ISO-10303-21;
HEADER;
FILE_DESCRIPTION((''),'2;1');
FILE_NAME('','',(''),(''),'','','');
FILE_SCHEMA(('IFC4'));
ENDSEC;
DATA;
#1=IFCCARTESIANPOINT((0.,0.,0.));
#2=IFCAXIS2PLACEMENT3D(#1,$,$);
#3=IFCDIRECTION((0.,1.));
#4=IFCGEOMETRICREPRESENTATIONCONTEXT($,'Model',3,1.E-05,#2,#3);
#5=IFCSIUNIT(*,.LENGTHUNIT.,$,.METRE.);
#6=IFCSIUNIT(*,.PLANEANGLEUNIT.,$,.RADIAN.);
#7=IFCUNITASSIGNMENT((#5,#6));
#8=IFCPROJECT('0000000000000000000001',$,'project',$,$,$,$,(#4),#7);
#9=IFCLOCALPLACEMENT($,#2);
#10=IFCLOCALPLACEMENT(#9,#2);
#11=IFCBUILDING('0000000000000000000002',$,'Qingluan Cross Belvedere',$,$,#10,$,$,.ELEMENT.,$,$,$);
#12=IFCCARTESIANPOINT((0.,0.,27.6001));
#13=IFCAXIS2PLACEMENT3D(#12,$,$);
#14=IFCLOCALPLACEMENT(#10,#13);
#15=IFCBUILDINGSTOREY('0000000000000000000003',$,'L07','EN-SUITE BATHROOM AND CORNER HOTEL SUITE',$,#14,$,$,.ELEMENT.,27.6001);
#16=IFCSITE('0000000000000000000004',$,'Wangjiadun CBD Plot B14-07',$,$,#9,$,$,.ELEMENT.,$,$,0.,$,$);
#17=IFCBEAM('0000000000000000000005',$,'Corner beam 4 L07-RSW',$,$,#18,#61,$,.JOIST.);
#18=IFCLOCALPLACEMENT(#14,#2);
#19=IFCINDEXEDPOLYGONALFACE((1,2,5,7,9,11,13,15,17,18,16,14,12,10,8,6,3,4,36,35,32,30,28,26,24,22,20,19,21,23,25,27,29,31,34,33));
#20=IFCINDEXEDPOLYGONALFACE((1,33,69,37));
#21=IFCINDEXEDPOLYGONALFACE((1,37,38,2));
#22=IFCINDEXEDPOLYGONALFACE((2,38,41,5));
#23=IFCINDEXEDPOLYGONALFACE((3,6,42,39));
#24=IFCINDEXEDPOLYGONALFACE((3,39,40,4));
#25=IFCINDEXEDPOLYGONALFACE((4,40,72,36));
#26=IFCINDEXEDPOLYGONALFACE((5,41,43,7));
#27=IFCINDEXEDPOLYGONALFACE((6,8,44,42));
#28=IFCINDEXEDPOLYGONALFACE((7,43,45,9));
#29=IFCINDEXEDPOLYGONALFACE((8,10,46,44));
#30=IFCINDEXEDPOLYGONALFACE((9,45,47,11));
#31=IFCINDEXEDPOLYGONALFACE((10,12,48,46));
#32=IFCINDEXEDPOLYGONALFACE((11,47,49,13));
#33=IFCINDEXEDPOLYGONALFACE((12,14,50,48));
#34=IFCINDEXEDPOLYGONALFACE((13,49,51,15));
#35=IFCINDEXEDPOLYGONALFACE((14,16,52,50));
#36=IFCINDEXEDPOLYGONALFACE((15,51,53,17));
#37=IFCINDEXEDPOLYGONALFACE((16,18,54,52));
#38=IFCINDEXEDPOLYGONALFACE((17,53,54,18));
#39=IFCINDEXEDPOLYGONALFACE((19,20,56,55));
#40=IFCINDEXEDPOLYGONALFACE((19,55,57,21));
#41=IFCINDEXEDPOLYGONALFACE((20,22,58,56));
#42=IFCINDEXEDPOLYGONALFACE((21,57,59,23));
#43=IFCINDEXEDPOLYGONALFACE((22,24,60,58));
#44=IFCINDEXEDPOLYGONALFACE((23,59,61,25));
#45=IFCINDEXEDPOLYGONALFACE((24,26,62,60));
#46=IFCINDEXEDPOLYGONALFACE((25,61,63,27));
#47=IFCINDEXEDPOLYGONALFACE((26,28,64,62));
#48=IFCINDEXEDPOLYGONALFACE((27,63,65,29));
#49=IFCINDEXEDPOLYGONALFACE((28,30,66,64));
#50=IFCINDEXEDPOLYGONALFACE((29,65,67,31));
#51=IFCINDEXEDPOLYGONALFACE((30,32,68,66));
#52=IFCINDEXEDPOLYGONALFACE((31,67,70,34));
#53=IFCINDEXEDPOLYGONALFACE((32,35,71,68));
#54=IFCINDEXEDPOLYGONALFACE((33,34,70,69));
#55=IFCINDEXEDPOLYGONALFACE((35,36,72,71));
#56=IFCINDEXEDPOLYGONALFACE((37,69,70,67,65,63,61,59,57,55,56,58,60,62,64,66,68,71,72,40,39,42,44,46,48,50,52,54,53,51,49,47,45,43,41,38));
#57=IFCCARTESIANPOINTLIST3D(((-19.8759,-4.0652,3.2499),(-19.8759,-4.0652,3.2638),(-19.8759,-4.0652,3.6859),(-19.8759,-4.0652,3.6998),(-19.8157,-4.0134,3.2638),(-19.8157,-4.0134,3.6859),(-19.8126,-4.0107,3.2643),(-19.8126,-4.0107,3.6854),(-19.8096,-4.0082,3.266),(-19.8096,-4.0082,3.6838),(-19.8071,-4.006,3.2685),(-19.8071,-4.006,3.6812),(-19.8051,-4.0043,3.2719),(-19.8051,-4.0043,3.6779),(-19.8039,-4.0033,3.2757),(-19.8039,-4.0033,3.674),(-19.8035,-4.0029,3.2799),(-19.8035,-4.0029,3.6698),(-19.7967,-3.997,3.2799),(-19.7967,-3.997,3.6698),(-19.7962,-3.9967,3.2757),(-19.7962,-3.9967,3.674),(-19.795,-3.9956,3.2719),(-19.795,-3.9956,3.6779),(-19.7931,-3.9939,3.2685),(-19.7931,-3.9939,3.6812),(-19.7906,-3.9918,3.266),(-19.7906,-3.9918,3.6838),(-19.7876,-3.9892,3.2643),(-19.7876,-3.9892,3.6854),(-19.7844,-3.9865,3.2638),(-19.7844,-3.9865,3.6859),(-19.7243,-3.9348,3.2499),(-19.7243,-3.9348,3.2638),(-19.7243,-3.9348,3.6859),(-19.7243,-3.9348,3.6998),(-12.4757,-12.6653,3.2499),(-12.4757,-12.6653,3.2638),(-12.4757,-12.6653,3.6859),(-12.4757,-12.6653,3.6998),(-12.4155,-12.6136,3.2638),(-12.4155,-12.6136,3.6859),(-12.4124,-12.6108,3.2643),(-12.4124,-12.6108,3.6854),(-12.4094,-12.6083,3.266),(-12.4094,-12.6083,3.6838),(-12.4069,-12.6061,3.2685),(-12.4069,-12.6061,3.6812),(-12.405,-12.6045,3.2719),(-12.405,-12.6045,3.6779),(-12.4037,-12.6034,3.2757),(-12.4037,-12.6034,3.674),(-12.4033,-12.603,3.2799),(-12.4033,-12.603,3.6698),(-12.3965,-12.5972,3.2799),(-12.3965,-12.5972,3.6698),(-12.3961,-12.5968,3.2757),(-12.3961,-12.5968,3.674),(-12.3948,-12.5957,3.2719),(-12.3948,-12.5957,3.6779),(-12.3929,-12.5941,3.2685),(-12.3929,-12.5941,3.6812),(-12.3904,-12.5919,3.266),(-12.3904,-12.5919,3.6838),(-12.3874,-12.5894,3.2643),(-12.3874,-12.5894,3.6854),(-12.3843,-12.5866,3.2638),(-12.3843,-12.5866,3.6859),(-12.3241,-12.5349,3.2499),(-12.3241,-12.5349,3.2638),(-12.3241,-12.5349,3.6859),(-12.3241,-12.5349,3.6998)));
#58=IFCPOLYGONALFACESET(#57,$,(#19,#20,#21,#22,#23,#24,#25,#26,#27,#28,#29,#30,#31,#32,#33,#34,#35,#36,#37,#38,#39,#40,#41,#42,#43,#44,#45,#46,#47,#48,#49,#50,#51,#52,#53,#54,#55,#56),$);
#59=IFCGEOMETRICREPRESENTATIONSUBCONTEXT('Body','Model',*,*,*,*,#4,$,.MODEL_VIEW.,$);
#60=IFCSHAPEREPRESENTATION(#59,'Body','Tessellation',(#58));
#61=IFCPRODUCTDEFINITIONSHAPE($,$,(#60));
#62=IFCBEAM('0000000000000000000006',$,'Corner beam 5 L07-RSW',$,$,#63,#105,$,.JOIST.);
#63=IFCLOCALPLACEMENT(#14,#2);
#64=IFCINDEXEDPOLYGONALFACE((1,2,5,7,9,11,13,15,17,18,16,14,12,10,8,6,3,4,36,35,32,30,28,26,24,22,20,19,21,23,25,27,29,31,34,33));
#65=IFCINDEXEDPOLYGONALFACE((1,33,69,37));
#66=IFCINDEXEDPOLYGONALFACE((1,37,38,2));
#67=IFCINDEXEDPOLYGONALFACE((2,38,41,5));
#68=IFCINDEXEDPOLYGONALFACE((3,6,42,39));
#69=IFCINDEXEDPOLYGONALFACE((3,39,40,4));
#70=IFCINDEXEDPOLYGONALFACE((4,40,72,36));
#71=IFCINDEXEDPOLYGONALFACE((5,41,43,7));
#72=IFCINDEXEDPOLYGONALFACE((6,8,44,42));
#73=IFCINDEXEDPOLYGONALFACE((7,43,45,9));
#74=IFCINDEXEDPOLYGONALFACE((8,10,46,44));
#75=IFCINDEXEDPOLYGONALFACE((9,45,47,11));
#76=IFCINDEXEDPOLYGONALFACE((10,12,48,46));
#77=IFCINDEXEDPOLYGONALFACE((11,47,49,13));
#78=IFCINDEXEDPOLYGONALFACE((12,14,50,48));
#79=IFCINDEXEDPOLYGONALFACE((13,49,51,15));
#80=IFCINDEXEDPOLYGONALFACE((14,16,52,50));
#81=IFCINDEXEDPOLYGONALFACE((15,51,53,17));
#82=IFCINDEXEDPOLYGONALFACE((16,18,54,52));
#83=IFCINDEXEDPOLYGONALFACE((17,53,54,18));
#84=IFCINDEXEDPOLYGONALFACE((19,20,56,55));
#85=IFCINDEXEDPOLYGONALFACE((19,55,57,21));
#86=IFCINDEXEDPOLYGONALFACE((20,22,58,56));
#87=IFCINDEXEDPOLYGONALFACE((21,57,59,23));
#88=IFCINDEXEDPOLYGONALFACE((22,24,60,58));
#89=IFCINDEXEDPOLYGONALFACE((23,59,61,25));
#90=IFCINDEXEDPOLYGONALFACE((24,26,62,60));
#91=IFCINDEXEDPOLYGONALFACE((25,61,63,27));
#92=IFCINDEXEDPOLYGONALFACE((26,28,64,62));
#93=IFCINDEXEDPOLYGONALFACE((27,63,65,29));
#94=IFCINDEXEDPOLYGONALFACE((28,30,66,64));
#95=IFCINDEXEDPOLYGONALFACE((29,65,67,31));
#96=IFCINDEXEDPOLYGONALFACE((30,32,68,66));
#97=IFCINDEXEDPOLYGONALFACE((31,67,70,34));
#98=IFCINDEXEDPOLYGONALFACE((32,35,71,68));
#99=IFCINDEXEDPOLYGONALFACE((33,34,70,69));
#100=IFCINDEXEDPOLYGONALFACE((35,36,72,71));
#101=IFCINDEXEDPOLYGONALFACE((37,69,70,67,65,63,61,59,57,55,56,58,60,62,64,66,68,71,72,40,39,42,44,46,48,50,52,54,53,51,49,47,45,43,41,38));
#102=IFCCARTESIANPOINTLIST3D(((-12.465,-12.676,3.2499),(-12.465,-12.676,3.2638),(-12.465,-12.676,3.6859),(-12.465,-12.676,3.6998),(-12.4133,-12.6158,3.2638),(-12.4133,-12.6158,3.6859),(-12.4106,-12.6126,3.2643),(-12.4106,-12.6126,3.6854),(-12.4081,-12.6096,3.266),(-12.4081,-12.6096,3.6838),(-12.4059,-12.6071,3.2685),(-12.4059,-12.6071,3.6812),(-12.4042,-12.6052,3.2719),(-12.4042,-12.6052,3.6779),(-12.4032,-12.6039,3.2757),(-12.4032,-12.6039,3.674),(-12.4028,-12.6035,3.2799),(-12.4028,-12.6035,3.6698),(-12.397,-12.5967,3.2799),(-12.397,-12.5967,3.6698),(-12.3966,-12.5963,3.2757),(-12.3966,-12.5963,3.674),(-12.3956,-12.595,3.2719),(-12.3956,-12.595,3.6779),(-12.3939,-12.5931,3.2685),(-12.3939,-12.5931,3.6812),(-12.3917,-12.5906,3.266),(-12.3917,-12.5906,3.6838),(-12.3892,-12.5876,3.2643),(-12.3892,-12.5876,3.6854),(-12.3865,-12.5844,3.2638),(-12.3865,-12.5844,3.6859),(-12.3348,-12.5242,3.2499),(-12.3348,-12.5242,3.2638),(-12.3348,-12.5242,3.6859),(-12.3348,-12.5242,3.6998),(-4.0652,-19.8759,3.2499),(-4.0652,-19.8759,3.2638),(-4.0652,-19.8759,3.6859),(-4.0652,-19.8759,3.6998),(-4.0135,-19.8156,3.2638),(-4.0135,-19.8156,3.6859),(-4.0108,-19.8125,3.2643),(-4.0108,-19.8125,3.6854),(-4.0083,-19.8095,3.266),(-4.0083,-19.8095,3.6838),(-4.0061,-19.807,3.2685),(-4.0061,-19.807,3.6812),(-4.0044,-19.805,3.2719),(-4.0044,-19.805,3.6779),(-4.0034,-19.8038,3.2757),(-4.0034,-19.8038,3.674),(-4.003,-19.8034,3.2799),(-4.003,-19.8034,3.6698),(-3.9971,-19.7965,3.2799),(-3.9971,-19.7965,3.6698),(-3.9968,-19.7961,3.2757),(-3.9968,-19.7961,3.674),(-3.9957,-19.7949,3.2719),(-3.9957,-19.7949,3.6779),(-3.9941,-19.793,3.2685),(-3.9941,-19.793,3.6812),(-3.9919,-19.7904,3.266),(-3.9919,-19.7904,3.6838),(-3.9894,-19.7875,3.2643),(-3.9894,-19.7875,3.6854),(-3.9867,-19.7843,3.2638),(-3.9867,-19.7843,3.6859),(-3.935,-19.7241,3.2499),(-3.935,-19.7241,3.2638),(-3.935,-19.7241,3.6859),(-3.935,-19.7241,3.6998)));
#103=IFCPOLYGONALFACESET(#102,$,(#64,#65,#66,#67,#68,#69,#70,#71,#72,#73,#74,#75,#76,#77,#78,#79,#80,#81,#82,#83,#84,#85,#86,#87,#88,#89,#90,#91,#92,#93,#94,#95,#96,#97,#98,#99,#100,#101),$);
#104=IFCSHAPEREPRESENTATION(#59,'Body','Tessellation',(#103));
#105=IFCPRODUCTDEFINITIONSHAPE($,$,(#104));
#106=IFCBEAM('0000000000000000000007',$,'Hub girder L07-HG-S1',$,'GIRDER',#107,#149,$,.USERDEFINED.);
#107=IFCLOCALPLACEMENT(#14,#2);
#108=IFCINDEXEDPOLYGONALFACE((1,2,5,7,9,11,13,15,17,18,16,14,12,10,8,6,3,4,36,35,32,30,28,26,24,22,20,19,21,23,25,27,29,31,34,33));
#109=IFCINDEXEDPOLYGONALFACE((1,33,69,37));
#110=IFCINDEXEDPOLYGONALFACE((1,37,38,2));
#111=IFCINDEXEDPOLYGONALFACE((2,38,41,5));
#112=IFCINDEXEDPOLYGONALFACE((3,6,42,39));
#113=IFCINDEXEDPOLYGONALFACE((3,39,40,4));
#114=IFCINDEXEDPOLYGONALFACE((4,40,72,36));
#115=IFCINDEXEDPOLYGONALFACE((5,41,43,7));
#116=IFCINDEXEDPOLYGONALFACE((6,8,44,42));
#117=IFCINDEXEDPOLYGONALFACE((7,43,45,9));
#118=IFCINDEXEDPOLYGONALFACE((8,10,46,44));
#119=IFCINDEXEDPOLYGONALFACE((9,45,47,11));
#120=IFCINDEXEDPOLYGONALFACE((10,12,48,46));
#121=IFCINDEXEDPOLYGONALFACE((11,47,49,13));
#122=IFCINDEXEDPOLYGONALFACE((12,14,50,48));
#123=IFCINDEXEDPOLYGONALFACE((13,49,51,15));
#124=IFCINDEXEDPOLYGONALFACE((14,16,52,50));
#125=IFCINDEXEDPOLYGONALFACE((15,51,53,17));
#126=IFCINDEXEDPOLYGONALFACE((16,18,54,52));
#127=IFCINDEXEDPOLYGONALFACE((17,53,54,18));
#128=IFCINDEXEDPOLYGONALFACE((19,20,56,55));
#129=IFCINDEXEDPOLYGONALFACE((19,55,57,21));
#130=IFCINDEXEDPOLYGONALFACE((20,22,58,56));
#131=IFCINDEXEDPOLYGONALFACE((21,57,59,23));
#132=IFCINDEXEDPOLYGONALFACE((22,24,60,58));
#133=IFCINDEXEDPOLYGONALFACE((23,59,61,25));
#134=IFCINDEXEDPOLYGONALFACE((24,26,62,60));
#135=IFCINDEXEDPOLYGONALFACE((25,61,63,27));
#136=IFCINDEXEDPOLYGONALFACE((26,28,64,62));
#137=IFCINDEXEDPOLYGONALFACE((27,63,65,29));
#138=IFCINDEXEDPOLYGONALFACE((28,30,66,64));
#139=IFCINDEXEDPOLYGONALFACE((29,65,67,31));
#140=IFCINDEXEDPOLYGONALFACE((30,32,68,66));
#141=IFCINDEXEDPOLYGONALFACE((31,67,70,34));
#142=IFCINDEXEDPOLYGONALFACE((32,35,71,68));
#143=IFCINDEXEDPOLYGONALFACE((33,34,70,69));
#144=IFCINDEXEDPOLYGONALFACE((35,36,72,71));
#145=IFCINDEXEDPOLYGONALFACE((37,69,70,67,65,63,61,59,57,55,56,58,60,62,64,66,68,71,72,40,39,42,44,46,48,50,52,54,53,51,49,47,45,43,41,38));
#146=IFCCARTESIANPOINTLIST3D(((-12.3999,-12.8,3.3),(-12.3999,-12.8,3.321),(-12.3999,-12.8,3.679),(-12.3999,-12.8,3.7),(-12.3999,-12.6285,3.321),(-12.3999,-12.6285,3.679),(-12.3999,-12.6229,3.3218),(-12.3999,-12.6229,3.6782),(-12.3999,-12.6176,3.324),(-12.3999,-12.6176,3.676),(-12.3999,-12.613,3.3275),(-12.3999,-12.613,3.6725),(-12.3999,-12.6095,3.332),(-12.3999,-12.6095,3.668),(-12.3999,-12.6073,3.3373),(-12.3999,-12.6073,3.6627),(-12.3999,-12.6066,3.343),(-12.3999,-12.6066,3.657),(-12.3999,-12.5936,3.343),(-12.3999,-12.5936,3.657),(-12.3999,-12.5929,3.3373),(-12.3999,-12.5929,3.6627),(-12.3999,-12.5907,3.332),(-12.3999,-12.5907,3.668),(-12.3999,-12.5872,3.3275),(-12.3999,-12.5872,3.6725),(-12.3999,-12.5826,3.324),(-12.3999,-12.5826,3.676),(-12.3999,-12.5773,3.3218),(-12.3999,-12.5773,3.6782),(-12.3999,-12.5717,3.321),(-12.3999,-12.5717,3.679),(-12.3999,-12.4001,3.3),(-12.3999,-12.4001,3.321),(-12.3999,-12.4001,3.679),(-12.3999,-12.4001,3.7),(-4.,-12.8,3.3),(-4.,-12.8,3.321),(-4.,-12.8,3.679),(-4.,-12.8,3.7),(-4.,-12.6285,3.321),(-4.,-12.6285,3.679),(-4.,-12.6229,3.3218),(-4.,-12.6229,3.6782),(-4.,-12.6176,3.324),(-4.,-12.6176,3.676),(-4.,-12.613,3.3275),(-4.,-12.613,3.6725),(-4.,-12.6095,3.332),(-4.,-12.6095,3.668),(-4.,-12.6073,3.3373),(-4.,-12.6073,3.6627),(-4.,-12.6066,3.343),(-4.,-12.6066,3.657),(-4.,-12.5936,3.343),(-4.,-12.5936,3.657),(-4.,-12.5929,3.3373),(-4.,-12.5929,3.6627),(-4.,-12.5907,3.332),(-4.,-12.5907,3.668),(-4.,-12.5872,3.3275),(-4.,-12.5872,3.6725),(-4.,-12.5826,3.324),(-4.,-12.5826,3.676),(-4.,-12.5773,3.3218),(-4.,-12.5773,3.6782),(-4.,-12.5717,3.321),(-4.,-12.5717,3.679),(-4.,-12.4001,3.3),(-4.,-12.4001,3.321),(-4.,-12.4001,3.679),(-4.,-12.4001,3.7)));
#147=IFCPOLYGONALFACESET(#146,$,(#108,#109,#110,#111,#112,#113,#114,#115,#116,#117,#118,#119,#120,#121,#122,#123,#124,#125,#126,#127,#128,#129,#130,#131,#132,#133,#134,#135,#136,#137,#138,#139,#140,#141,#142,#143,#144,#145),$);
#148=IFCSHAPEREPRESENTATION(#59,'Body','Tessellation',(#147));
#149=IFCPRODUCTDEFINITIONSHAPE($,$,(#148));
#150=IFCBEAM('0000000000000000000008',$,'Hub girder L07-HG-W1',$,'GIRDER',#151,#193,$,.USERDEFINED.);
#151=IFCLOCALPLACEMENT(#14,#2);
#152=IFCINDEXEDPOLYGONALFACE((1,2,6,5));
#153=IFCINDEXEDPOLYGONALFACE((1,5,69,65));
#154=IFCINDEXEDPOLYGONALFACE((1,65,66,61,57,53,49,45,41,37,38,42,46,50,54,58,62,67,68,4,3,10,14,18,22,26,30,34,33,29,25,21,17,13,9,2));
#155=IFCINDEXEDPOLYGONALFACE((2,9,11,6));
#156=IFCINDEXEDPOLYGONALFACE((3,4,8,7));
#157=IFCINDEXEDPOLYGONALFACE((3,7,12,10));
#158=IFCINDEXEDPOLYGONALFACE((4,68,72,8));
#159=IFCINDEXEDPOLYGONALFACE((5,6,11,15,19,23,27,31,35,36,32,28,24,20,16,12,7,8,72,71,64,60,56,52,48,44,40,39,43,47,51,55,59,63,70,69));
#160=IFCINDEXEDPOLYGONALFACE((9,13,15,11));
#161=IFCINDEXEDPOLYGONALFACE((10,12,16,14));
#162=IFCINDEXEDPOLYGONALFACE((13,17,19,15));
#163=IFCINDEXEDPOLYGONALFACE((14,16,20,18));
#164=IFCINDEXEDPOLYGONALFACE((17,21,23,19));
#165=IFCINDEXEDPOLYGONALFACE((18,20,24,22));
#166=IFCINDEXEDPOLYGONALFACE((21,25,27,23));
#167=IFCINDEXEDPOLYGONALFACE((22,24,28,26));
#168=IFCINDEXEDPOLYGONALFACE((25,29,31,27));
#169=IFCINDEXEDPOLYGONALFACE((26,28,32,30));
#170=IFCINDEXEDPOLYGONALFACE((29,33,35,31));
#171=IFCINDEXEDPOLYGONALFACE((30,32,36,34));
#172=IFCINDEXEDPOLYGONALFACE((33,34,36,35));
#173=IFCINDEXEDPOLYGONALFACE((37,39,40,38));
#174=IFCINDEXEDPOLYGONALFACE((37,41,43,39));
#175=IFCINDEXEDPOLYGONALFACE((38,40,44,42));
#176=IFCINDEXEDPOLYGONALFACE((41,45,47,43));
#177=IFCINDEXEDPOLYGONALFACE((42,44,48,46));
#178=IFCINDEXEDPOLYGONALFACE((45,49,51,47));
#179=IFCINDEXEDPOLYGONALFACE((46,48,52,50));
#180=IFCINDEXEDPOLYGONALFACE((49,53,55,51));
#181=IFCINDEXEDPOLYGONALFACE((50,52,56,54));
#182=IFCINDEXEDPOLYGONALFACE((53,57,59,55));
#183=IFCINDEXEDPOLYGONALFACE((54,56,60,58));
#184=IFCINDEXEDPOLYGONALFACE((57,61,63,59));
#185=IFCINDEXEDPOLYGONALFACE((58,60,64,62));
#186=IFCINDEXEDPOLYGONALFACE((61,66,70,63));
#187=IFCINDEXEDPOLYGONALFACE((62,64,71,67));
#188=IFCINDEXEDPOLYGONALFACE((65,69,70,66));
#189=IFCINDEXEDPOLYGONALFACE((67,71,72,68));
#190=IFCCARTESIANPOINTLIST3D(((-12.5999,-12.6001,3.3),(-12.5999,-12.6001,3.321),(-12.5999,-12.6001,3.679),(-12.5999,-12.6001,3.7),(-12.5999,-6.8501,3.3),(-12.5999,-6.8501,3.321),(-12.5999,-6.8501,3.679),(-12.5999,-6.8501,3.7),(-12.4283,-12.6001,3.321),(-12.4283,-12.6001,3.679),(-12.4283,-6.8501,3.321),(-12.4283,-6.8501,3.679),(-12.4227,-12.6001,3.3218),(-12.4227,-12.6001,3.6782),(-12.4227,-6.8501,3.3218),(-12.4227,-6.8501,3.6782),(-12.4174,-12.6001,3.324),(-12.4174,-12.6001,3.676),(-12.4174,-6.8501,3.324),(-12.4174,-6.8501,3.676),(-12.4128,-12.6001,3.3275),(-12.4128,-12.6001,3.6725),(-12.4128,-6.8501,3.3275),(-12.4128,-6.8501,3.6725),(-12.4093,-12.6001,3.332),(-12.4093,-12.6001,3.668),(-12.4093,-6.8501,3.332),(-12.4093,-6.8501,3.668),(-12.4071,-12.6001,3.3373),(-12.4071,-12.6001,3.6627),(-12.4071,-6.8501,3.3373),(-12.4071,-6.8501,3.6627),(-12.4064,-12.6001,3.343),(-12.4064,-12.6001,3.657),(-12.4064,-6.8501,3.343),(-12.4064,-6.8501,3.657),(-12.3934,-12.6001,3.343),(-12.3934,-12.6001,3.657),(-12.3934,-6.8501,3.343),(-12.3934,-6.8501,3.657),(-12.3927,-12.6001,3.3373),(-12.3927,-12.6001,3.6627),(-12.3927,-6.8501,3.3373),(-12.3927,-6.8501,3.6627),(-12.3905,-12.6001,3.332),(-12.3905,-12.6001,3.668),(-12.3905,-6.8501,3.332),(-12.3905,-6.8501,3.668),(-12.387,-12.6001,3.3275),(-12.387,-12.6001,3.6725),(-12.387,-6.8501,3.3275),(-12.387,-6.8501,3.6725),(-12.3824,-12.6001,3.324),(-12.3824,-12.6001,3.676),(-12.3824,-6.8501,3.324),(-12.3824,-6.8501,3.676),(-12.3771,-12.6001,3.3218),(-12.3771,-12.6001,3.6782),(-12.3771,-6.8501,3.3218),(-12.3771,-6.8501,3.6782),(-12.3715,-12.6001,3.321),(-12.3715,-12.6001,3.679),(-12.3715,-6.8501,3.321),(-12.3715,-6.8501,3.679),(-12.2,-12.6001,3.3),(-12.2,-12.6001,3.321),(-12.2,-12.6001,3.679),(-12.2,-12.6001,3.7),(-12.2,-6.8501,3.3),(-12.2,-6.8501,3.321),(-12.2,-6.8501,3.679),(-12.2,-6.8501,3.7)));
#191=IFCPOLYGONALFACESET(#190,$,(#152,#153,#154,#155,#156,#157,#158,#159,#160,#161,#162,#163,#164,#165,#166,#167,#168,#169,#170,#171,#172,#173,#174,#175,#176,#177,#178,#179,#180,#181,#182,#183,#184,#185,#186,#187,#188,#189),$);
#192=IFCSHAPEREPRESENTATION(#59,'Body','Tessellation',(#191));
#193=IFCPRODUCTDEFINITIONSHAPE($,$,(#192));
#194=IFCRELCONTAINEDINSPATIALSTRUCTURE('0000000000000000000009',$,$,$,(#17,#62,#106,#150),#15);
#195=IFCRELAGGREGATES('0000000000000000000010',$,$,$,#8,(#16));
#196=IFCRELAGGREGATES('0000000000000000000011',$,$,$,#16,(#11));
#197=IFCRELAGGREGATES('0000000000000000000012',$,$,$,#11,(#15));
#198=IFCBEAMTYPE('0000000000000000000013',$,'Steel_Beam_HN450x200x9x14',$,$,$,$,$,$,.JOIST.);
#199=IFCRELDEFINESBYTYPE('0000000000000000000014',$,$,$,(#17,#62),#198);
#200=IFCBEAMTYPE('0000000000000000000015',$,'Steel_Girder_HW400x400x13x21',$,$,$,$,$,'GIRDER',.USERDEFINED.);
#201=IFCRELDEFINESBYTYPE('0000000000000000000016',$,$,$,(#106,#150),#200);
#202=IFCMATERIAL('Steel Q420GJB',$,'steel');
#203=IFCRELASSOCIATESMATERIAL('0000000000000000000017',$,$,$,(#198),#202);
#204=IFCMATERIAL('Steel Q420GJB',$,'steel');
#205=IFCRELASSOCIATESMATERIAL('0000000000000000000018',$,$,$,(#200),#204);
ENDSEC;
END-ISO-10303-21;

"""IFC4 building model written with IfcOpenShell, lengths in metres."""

from ifc_helpers import new_model, si_unit, direction, frame, origin, origin_2d, place, context, subcontext, project, spatial, i_section, extrude, material, material_profile, profile_set, type_object, element, save


model = new_model("IFC4")

# Units and contexts
model_context = context("Model", 3, precision=1e-05, world=origin(), true_north=direction((0.0, 1.0)))
body_context = subcontext(model_context, "Body", "Model", "MODEL_VIEW")
ifc_project = project(units=[si_unit("LENGTHUNIT", "METRE"), si_unit("PLANEANGLEUNIT", "RADIAN")], contexts=[model_context])

# Site, building, storey
site_placement = place(None, origin())
site = spatial("IfcSite", under=ifc_project, at=site_placement, Name="Wangjiadun CBD Plot B14-07", CompositionType="ELEMENT", RefElevation=0.0)
building_placement = place(site_placement, origin())
building = spatial("IfcBuilding", under=site, at=building_placement, Name="Qingluan Cross Belvedere", CompositionType="ELEMENT")
storey_placement = place(building_placement, frame((0.0, 0.0, 27.6001)))
storey = spatial("IfcBuildingStorey", under=building, at=storey_placement, Name="L07", Description="EN-SUITE BATHROOM AND CORNER HOTEL SUITE", CompositionType="ELEMENT", Elevation=27.6001)

# Beams
ifc_material_1 = material(Name="Steel Q420GJB", Category="steel")
ifc_material_profile_1 = material_profile(ifc_material_1, i_section(OverallWidth=0.2, OverallDepth=0.45, WebThickness=0.009, FlangeThickness=0.0139, FilletRadius=0.0161, at=origin_2d()), Name="HN450x200x9x14")
ifc_profile_set_1 = profile_set([ifc_material_profile_1], Name="Steel Q420GJB")
beam_type_1 = type_object("IfcBeamType", Name="Steel_Beam_HN450x200x9x14", PredefinedType="JOIST", material=ifc_profile_set_1)
beam_1_placement = place(storey_placement, frame((-12.3999, -12.6001, 3.4749), z_axis=(-0.652245, 0.758008, 0.0), x_axis=(-0.758008, -0.652245, 0.0)))
element("IfcBeam", 1, at=beam_1_placement, inside=storey, type_object=beam_type_1, Name="Corner beam 4 L07-RSW", PredefinedType="JOIST", context=body_context, shape_type="SweptSolid", body=[
    extrude(i_section(OverallWidth=0.2, OverallDepth=0.45, WebThickness=0.009, FlangeThickness=0.0139, FilletRadius=0.0161, at=origin_2d()), origin(), (0.0, 0.0, 1.0), 11.3457),
])
beam_2_placement = place(storey_placement, frame((-12.3999, -12.6001, 3.4749), z_axis=(0.759255, -0.650793, 0.0), x_axis=(0.650793, 0.759255, 0.0)))
element("IfcBeam", 2, at=beam_2_placement, inside=storey, type_object=beam_type_1, Name="Corner beam 5 L07-RSW", PredefinedType="JOIST", context=body_context, shape_type="SweptSolid", body=[
    extrude(i_section(OverallWidth=0.2, OverallDepth=0.45, WebThickness=0.009, FlangeThickness=0.0139, FilletRadius=0.0161, at=origin_2d()), origin(), (0.0, 0.0, 1.0), 11.0632),
])
ifc_material_2 = material(Name="Steel Q420GJB", Category="steel")
ifc_material_profile_2 = material_profile(ifc_material_2, i_section(OverallWidth=0.3999, OverallDepth=0.3999, WebThickness=0.0129, FlangeThickness=0.021, FilletRadius=0.022, at=origin_2d()), Name="HW400x400x13x21")
ifc_profile_set_2 = profile_set([ifc_material_profile_2], Name="Steel Q420GJB")
beam_type_2 = type_object("IfcBeamType", Name="Steel_Girder_HW400x400x13x21", ElementType="GIRDER", PredefinedType="USERDEFINED", material=ifc_profile_set_2)
beam_3_placement = place(storey_placement, frame((-12.3999, -12.6001, 3.5), z_axis=(1.0, 0.0, 0.0), x_axis=(0.0, 1.0, 0.0)))
element("IfcBeam", 3, at=beam_3_placement, inside=storey, type_object=beam_type_2, Name="Hub girder L07-HG-S1", ObjectType="GIRDER", PredefinedType="USERDEFINED", context=body_context, shape_type="SweptSolid", body=[
    extrude(i_section(OverallWidth=0.3999, OverallDepth=0.3999, WebThickness=0.0129, FlangeThickness=0.021, FilletRadius=0.022, at=origin_2d()), origin(), (0.0, 0.0, 1.0), 8.3999),
])
beam_4_placement = place(storey_placement, frame((-12.3999, -12.6001, 3.5), z_axis=(0.0, 1.0, 0.0), x_axis=(-1.0, 0.0, 0.0)))
element("IfcBeam", 4, at=beam_4_placement, inside=storey, type_object=beam_type_2, Name="Hub girder L07-HG-W1", ObjectType="GIRDER", PredefinedType="USERDEFINED", context=body_context, shape_type="SweptSolid", body=[
    extrude(i_section(OverallWidth=0.3999, OverallDepth=0.3999, WebThickness=0.0129, FlangeThickness=0.021, FilletRadius=0.022, at=origin_2d()), origin(), (0.0, 0.0, 1.0), 5.75),
])

save(model, "model.ifc")
